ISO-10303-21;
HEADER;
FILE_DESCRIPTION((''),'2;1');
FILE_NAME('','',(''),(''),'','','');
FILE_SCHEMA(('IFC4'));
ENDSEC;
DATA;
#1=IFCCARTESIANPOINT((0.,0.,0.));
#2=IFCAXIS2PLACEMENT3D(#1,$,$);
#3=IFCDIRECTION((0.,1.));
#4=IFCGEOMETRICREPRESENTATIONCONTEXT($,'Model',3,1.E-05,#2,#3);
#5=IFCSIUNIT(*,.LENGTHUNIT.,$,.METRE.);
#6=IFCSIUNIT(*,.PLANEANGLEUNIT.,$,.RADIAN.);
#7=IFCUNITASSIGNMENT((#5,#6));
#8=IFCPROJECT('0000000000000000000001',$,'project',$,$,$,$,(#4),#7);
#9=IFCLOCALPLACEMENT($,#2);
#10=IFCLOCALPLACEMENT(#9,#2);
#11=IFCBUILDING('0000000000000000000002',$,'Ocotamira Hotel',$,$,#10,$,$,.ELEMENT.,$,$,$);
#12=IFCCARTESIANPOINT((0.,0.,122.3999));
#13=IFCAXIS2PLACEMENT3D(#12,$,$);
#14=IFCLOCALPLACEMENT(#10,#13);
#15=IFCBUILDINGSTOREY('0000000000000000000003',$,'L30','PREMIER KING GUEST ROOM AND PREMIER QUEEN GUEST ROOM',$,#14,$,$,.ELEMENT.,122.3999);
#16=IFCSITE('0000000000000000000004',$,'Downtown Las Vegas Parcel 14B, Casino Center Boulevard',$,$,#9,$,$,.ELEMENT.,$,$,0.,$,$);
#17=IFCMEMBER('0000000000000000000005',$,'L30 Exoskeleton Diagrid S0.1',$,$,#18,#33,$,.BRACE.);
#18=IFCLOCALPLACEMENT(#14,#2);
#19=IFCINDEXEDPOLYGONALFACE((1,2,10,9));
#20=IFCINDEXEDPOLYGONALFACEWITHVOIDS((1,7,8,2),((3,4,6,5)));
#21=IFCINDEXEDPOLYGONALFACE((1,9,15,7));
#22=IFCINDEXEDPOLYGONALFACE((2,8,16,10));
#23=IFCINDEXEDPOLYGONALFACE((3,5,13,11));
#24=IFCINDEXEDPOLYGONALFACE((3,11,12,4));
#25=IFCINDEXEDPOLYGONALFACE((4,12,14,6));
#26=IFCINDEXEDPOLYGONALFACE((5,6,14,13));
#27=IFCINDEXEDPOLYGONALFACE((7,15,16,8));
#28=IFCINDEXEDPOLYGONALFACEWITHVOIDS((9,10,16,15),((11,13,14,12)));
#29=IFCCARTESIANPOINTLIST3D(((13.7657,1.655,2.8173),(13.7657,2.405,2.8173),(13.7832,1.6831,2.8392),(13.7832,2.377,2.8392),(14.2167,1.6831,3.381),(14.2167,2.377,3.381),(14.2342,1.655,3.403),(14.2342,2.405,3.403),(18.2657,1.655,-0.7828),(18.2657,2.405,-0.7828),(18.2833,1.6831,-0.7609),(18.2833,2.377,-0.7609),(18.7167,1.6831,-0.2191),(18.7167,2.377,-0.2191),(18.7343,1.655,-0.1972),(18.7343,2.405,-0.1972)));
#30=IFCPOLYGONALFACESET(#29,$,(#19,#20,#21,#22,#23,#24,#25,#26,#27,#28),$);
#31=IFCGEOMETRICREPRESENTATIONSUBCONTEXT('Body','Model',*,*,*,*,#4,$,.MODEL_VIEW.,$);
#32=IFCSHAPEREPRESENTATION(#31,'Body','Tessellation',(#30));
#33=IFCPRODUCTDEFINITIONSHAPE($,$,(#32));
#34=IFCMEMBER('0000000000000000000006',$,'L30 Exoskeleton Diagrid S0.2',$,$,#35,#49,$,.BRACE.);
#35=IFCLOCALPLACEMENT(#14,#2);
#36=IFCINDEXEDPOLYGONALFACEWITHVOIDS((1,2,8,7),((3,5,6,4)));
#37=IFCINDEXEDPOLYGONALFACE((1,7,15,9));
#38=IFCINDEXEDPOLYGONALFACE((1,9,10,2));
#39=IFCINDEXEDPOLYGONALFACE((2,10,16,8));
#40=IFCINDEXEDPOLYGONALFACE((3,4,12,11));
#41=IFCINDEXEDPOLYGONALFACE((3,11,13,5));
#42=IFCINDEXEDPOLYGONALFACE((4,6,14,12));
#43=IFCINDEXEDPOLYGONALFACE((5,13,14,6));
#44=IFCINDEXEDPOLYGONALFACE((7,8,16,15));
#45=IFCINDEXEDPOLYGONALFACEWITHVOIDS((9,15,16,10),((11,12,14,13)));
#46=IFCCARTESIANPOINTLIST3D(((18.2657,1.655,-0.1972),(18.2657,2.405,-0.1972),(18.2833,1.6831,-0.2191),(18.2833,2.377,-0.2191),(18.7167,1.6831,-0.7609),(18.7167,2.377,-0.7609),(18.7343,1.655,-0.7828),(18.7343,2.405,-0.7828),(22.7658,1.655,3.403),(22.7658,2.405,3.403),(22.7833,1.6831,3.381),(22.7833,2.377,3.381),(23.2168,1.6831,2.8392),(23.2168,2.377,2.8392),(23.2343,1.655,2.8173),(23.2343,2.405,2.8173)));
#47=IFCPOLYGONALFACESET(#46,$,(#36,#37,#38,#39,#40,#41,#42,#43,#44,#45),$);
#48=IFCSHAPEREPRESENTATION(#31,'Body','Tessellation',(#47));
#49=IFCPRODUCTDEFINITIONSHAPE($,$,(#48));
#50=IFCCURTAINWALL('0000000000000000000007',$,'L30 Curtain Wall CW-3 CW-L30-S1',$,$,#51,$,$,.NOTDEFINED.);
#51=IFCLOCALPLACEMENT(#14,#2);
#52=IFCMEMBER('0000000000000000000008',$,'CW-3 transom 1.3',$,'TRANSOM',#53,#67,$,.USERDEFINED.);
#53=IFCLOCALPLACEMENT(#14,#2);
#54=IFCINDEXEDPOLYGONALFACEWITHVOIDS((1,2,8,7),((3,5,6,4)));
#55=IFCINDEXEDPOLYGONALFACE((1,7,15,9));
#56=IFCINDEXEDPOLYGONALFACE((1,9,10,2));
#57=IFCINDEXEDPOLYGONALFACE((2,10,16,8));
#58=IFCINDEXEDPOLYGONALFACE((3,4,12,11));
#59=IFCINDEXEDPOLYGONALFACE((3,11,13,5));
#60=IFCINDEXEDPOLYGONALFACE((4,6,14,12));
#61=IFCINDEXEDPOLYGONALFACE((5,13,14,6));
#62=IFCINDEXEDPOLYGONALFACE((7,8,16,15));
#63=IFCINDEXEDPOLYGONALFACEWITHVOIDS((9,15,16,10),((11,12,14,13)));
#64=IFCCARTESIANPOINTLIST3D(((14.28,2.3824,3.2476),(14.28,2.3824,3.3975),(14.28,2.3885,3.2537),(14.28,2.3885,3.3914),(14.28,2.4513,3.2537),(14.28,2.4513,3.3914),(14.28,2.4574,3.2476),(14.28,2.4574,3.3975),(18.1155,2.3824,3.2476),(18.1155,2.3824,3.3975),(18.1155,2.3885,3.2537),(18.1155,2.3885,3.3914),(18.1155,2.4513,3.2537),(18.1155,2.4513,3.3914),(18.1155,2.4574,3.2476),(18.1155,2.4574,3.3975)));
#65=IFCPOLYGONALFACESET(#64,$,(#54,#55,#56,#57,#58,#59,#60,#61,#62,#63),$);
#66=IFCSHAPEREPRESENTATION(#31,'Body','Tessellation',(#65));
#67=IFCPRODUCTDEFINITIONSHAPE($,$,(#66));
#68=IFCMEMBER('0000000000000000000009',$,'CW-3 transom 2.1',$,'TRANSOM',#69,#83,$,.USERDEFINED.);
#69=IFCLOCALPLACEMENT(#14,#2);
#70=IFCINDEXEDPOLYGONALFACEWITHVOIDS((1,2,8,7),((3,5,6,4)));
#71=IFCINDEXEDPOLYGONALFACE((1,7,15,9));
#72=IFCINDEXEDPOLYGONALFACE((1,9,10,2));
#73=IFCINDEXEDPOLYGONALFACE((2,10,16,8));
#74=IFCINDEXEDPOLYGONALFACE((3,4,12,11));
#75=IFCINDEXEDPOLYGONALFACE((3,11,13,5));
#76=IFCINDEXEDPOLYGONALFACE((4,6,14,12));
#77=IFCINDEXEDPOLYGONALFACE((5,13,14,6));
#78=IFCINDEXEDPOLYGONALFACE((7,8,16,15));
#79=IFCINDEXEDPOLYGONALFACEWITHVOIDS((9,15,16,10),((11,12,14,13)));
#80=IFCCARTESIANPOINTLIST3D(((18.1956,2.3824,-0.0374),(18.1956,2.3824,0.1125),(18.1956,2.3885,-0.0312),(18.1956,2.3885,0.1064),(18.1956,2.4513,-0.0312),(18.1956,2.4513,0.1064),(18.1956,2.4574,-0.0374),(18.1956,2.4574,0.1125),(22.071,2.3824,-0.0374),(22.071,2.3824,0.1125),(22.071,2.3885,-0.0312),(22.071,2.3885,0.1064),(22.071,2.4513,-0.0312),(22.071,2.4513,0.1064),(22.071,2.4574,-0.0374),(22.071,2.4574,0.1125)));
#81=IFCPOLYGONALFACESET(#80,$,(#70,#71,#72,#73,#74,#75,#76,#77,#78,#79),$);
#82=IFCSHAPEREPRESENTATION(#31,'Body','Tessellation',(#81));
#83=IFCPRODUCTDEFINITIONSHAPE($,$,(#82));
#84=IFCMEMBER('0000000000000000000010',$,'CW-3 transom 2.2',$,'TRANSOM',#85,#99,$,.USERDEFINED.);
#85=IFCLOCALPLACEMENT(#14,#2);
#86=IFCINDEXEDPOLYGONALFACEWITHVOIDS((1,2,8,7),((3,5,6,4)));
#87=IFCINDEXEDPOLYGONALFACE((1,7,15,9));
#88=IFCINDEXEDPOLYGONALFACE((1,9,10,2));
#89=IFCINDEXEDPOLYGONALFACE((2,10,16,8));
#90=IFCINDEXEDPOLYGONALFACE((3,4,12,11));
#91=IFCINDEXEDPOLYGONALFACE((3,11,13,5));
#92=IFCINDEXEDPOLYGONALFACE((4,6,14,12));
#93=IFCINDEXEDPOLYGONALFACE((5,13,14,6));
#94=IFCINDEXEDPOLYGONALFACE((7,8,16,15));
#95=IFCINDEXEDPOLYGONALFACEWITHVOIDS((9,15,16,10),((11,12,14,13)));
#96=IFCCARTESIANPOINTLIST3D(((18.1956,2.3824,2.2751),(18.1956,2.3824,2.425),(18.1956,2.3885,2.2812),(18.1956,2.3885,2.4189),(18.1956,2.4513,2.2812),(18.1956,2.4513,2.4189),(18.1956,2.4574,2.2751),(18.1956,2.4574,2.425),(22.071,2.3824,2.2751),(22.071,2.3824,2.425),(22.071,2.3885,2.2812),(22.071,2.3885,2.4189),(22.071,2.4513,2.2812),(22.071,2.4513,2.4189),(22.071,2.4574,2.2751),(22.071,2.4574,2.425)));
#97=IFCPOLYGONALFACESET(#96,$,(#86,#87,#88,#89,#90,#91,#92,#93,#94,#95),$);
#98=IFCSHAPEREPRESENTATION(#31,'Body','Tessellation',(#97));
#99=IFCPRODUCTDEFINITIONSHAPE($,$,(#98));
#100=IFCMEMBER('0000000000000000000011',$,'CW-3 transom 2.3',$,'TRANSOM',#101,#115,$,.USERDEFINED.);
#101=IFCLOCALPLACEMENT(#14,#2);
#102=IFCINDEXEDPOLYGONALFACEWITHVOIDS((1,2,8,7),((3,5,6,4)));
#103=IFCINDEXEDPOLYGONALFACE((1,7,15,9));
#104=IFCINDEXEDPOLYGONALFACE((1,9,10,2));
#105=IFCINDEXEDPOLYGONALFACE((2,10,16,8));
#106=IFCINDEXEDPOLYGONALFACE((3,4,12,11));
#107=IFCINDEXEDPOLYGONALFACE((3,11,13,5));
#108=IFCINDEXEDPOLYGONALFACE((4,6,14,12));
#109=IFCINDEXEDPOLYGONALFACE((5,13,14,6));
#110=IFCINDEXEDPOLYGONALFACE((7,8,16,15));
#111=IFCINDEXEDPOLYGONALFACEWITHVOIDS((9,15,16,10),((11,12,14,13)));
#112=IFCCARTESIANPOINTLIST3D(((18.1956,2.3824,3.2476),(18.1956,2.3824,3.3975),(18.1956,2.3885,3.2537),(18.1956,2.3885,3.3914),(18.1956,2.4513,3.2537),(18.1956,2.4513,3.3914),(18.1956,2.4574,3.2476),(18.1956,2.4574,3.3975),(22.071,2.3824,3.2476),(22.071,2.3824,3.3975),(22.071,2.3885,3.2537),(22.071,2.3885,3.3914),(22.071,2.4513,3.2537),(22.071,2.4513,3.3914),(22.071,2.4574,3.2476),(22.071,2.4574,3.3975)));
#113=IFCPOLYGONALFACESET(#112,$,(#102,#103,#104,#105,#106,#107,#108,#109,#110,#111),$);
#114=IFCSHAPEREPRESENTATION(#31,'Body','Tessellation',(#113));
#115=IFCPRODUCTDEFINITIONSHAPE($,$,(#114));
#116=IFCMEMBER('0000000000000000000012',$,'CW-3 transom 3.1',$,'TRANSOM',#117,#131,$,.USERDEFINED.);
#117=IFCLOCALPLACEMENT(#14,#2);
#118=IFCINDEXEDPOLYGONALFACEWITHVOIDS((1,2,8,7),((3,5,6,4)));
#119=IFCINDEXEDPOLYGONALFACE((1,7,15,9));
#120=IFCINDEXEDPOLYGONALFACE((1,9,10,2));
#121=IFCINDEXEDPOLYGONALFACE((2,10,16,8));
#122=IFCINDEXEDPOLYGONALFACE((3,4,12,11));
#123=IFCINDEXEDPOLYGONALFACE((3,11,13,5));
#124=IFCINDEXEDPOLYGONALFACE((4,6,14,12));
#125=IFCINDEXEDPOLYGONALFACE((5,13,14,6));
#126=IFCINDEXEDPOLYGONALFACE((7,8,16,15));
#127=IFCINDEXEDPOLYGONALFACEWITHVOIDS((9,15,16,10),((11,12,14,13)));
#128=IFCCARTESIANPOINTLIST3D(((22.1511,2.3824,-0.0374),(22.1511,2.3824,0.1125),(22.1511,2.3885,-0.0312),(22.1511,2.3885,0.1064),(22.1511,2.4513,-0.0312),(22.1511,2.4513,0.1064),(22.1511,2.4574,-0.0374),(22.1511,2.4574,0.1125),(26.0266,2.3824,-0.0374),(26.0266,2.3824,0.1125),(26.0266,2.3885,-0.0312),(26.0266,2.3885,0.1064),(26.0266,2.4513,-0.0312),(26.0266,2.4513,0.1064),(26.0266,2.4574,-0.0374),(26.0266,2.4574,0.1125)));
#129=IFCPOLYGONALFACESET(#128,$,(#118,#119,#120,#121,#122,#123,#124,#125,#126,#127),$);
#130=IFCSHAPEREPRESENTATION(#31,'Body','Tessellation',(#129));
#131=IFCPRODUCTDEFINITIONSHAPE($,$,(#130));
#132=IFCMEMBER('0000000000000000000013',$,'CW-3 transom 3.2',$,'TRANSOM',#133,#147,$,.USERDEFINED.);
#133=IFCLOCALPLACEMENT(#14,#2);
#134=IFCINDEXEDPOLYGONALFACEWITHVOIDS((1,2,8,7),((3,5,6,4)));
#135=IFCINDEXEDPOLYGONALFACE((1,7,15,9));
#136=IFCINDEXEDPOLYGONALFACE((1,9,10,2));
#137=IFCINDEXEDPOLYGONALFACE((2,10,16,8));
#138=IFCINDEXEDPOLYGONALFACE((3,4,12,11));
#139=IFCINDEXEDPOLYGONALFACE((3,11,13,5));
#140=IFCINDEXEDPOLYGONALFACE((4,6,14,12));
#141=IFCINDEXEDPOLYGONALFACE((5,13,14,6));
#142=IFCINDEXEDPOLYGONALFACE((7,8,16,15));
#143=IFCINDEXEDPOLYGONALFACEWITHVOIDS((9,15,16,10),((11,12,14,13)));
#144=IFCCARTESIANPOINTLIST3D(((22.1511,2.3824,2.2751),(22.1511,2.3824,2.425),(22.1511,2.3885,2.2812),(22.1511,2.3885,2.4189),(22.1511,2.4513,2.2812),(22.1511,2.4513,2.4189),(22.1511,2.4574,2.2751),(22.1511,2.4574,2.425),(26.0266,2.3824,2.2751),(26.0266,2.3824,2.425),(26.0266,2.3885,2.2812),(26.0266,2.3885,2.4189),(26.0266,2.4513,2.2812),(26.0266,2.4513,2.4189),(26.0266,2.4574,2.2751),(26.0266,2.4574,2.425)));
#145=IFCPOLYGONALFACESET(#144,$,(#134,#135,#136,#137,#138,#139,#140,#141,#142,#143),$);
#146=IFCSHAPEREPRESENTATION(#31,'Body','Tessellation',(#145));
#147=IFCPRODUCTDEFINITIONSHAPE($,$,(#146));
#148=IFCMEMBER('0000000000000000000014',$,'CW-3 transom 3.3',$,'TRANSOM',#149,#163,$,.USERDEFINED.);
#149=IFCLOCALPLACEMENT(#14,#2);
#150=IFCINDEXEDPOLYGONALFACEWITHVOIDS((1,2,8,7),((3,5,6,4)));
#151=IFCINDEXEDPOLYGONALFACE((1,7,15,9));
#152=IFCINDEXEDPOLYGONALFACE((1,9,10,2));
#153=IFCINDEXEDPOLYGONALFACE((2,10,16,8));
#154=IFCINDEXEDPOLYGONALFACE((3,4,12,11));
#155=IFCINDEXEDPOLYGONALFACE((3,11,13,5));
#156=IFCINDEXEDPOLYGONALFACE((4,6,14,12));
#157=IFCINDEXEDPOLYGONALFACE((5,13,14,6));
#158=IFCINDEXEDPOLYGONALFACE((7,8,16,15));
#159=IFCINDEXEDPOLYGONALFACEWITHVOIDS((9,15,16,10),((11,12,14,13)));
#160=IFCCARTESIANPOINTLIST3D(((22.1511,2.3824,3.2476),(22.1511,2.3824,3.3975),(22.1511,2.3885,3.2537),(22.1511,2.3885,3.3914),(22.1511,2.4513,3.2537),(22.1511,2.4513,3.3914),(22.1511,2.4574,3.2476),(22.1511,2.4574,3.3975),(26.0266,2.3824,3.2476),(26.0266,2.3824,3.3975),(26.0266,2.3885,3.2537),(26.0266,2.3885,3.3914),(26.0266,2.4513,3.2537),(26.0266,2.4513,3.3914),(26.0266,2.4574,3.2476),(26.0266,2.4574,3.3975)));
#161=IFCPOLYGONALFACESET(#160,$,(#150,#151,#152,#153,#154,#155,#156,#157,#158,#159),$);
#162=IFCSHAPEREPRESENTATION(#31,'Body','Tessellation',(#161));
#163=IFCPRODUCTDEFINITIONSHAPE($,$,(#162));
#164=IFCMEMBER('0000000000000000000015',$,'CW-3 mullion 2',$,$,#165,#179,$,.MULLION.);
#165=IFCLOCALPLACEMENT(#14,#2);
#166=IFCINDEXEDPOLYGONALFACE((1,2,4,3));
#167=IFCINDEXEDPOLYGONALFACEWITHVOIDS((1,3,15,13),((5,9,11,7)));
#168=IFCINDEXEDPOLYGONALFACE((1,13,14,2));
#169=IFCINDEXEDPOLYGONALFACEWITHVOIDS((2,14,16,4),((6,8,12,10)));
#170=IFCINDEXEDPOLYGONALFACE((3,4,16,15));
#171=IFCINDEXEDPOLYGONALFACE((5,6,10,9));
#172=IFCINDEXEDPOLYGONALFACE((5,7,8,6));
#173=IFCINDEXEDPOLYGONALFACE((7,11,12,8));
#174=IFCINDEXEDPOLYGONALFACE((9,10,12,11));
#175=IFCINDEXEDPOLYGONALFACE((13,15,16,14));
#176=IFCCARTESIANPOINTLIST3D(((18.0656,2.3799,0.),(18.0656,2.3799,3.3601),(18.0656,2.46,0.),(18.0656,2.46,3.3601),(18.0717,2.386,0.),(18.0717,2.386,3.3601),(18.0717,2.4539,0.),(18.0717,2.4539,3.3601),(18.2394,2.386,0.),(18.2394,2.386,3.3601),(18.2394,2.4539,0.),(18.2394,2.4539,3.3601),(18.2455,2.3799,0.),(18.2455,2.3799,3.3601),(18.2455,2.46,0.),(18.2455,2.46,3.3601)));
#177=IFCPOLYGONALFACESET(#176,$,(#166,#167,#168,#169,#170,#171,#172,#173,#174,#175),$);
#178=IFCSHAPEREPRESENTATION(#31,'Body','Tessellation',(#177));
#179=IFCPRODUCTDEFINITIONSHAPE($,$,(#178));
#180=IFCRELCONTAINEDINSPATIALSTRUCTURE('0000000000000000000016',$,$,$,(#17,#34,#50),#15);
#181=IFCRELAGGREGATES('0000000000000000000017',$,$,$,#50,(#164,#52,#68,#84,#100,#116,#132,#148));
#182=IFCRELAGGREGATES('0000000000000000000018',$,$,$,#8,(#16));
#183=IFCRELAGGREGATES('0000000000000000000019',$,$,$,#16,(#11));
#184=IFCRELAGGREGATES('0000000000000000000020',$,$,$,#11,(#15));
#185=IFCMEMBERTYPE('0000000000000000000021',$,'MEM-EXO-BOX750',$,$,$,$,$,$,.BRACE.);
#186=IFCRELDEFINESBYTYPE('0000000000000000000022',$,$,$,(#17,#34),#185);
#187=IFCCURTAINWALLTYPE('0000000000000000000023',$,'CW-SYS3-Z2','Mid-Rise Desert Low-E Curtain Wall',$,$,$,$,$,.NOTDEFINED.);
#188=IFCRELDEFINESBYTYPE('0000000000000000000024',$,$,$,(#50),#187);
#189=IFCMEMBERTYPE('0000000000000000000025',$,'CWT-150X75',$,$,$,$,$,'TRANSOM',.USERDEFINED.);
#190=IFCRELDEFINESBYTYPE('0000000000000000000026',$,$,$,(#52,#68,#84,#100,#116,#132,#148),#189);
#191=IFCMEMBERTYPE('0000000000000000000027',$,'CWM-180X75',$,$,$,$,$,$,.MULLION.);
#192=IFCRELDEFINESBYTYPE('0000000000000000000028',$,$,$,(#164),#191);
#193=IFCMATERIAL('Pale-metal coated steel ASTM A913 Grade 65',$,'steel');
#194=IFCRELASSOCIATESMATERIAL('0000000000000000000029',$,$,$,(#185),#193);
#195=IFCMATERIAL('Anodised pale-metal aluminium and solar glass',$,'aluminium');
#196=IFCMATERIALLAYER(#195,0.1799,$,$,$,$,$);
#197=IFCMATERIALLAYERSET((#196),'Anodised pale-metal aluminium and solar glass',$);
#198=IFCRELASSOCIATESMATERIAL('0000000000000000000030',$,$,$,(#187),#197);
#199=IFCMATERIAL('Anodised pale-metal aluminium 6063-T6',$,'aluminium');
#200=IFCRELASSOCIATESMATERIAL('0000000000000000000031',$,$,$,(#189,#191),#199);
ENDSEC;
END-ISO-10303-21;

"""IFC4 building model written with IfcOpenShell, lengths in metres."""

from ifc_helpers import new_model, si_unit, direction, frame, origin, origin_2d, place, context, subcontext, project, spatial, hollow_rectangle, extrude, source, transform, mapped, material, layer, layer_set, material_profile, profile_set, type_object, element, aggregate, save


model = new_model("IFC4")

# Units and contexts
model_context = context("Model", 3, precision=1e-05, world=origin(), true_north=direction((0.0, 1.0)))
body_context = subcontext(model_context, "Body", "Model", "MODEL_VIEW")
ifc_project = project(units=[si_unit("LENGTHUNIT", "METRE"), si_unit("PLANEANGLEUNIT", "RADIAN")], contexts=[model_context])

# Site, building, storey
site_placement = place(None, origin())
site = spatial("IfcSite", under=ifc_project, at=site_placement, Name="Downtown Las Vegas Parcel 14B, Casino Center Boulevard", CompositionType="ELEMENT", RefElevation=0.0)
building_placement = place(site_placement, origin())
building = spatial("IfcBuilding", under=site, at=building_placement, Name="Ocotamira Hotel", CompositionType="ELEMENT")
storey_placement = place(building_placement, frame((0.0, 0.0, 122.3999)))
storey = spatial("IfcBuildingStorey", under=building, at=storey_placement, Name="L30", Description="PREMIER KING GUEST ROOM AND PREMIER QUEEN GUEST ROOM", CompositionType="ELEMENT", Elevation=122.3999)

# Members
ifc_material_1 = material(Name="Pale-metal coated steel ASTM A913 Grade 65", Category="steel")
ifc_material_profile_1 = material_profile(ifc_material_1, hollow_rectangle(XDim=0.75, YDim=0.75, WallThickness=0.0281, at=origin_2d()), Name="BOX750X750X28")
ifc_profile_set_1 = profile_set([ifc_material_profile_1], Name="Pale-metal coated steel ASTM A913 Grade 65")
member_type_1 = type_object("IfcMemberType", Name="MEM-EXO-BOX750", PredefinedType="BRACE", material=ifc_profile_set_1)
shared_shape_1 = source(origin(), body_context, "Body", "SweptSolid", [
    extrude(hollow_rectangle(XDim=0.75, YDim=0.75, WallThickness=0.0281, at=origin_2d()), origin(), (0.0, 0.0, 1.0), 5.7629),
])
for number, where, z_axis, x_axis, name in (
    (1, (18.5, 2.03, -0.49), (-0.780861, 0.0, 0.624705), (0.0, -1.0, 0.0), "L30 Exoskeleton Diagrid S0.1"),
    (2, (18.5, 2.03, -0.49), (0.780861, 0.0, 0.624705), (0.0, 1.0, 0.0), "L30 Exoskeleton Diagrid S0.2"),
):
    element("IfcMember", number, at=place(storey_placement, frame(where, z_axis=z_axis, x_axis=x_axis)), inside=storey, type_object=member_type_1, Name=name, PredefinedType="BRACE", context=body_context, shape_type="MappedRepresentation", body=[
        mapped(shared_shape_1, transform((0.0, 0.0, 0.0), scale=1.0)),
    ])

# Curtain wall, members
ifc_material_2 = material(Name="Anodised pale-metal aluminium and solar glass", Category="aluminium")
ifc_layer_1 = layer(ifc_material_2, 0.1799)
ifc_layer_set_1 = layer_set([ifc_layer_1], Name="Anodised pale-metal aluminium and solar glass")
curtain_wall_type = type_object("IfcCurtainWallType", Name="CW-SYS3-Z2", Description="Mid-Rise Desert Low-E Curtain Wall", PredefinedType="NOTDEFINED", material=ifc_layer_set_1)
curtain_wall_placement = place(storey_placement, origin())
curtain_wall = element("IfcCurtainWall", 3, at=curtain_wall_placement, inside=storey, type_object=curtain_wall_type, Name="L30 Curtain Wall CW-3 CW-L30-S1", PredefinedType="NOTDEFINED")
ifc_material_3 = material(Name="Anodised pale-metal aluminium 6063-T6", Category="aluminium")
ifc_material_profile_2 = material_profile(ifc_material_3, hollow_rectangle(XDim=0.075, YDim=0.1499, WallThickness=0.0061, at=origin_2d()), Name="HSS150X75X6")
ifc_profile_set_2 = profile_set([ifc_material_profile_2], Name="Anodised pale-metal aluminium 6063-T6")
member_type_2 = type_object("IfcMemberType", Name="CWT-150X75", ElementType="TRANSOM", PredefinedType="USERDEFINED", material=ifc_profile_set_2)
shared_shape_2 = source(origin(), body_context, "Body", "SweptSolid", [
    extrude(hollow_rectangle(XDim=0.075, YDim=0.1499, WallThickness=0.0061, at=origin_2d()), origin(), (0.0, 0.0, 1.0), 3.8354),
])
member_1_placement = place(storey_placement, frame((14.28, 2.4199, 3.3225), z_axis=(1.0, 0.0, 0.0), x_axis=(0.0, 1.0, 0.0)))
member_1 = element("IfcMember", 4, at=member_1_placement, type_object=member_type_2, Name="CW-3 transom 1.3", ObjectType="TRANSOM", PredefinedType="USERDEFINED", context=body_context, shape_type="MappedRepresentation", body=[
    mapped(shared_shape_2, transform((0.0, 0.0, 0.0), scale=1.0)),
])
shared_shape_3 = source(origin(), body_context, "Body", "SweptSolid", [
    extrude(hollow_rectangle(XDim=0.075, YDim=0.1499, WallThickness=0.0061, at=origin_2d()), origin(), (0.0, 0.0, 1.0), 3.8755),
])
member_2_placement = place(storey_placement, frame((18.1956, 2.4199, 0.0376), z_axis=(1.0, 0.0, 0.0), x_axis=(0.0, 1.0, 0.0)))
member_2 = element("IfcMember", 5, at=member_2_placement, type_object=member_type_2, Name="CW-3 transom 2.1", ObjectType="TRANSOM", PredefinedType="USERDEFINED", context=body_context, shape_type="MappedRepresentation", body=[
    mapped(shared_shape_3, transform((0.0, 0.0, 0.0), scale=1.0)),
])
member_3_placement = place(storey_placement, frame((18.1956, 2.4199, 2.3501), z_axis=(1.0, 0.0, 0.0), x_axis=(0.0, 1.0, 0.0)))
member_3 = element("IfcMember", 6, at=member_3_placement, type_object=member_type_2, Name="CW-3 transom 2.2", ObjectType="TRANSOM", PredefinedType="USERDEFINED", context=body_context, shape_type="MappedRepresentation", body=[
    mapped(shared_shape_3, transform((0.0, 0.0, 0.0), scale=1.0)),
])
member_4_placement = place(storey_placement, frame((18.1956, 2.4199, 3.3225), z_axis=(1.0, 0.0, 0.0), x_axis=(0.0, 1.0, 0.0)))
member_4 = element("IfcMember", 7, at=member_4_placement, type_object=member_type_2, Name="CW-3 transom 2.3", ObjectType="TRANSOM", PredefinedType="USERDEFINED", context=body_context, shape_type="MappedRepresentation", body=[
    mapped(shared_shape_3, transform((0.0, 0.0, 0.0), scale=1.0)),
])
member_5_placement = place(storey_placement, frame((22.1511, 2.4199, 0.0376), z_axis=(1.0, 0.0, 0.0), x_axis=(0.0, 1.0, 0.0)))
member_5 = element("IfcMember", 8, at=member_5_placement, type_object=member_type_2, Name="CW-3 transom 3.1", ObjectType="TRANSOM", PredefinedType="USERDEFINED", context=body_context, shape_type="MappedRepresentation", body=[
    mapped(shared_shape_3, transform((0.0, 0.0, 0.0), scale=1.0)),
])
member_6_placement = place(storey_placement, frame((22.1511, 2.4199, 2.3501), z_axis=(1.0, 0.0, 0.0), x_axis=(0.0, 1.0, 0.0)))
member_6 = element("IfcMember", 9, at=member_6_placement, type_object=member_type_2, Name="CW-3 transom 3.2", ObjectType="TRANSOM", PredefinedType="USERDEFINED", context=body_context, shape_type="MappedRepresentation", body=[
    mapped(shared_shape_3, transform((0.0, 0.0, 0.0), scale=1.0)),
])
member_7_placement = place(storey_placement, frame((22.1511, 2.4199, 3.3225), z_axis=(1.0, 0.0, 0.0), x_axis=(0.0, 1.0, 0.0)))
member_7 = element("IfcMember", 10, at=member_7_placement, type_object=member_type_2, Name="CW-3 transom 3.3", ObjectType="TRANSOM", PredefinedType="USERDEFINED", context=body_context, shape_type="MappedRepresentation", body=[
    mapped(shared_shape_3, transform((0.0, 0.0, 0.0), scale=1.0)),
])
ifc_material_profile_3 = material_profile(ifc_material_3, hollow_rectangle(XDim=0.0801, YDim=0.1799, WallThickness=0.0061, at=origin_2d()), Name="HSS180X80X6")
ifc_profile_set_3 = profile_set([ifc_material_profile_3], Name="Anodised pale-metal aluminium 6063-T6")
member_type_3 = type_object("IfcMemberType", Name="CWM-180X75", PredefinedType="MULLION", material=ifc_profile_set_3)
shared_shape_4 = source(origin(), body_context, "Body", "SweptSolid", [
    extrude(hollow_rectangle(XDim=0.0801, YDim=0.1799, WallThickness=0.0061, at=origin_2d()), origin(), (0.0, 0.0, 1.0), 3.3601),
])
member_8_placement = place(storey_placement, frame((18.1555, 2.4199, 0.0), z_axis=(0.0, 0.0, 1.0), x_axis=(0.0, 1.0, 0.0)))
member_8 = element("IfcMember", 11, at=member_8_placement, type_object=member_type_3, Name="CW-3 mullion 2", PredefinedType="MULLION", context=body_context, shape_type="MappedRepresentation", body=[
    mapped(shared_shape_4, transform((0.0, 0.0, 0.0), scale=1.0)),
])

aggregate(curtain_wall, [member_8, member_1, member_2, member_3, member_4, member_5, member_6, member_7])

save(model, "model.ifc")
